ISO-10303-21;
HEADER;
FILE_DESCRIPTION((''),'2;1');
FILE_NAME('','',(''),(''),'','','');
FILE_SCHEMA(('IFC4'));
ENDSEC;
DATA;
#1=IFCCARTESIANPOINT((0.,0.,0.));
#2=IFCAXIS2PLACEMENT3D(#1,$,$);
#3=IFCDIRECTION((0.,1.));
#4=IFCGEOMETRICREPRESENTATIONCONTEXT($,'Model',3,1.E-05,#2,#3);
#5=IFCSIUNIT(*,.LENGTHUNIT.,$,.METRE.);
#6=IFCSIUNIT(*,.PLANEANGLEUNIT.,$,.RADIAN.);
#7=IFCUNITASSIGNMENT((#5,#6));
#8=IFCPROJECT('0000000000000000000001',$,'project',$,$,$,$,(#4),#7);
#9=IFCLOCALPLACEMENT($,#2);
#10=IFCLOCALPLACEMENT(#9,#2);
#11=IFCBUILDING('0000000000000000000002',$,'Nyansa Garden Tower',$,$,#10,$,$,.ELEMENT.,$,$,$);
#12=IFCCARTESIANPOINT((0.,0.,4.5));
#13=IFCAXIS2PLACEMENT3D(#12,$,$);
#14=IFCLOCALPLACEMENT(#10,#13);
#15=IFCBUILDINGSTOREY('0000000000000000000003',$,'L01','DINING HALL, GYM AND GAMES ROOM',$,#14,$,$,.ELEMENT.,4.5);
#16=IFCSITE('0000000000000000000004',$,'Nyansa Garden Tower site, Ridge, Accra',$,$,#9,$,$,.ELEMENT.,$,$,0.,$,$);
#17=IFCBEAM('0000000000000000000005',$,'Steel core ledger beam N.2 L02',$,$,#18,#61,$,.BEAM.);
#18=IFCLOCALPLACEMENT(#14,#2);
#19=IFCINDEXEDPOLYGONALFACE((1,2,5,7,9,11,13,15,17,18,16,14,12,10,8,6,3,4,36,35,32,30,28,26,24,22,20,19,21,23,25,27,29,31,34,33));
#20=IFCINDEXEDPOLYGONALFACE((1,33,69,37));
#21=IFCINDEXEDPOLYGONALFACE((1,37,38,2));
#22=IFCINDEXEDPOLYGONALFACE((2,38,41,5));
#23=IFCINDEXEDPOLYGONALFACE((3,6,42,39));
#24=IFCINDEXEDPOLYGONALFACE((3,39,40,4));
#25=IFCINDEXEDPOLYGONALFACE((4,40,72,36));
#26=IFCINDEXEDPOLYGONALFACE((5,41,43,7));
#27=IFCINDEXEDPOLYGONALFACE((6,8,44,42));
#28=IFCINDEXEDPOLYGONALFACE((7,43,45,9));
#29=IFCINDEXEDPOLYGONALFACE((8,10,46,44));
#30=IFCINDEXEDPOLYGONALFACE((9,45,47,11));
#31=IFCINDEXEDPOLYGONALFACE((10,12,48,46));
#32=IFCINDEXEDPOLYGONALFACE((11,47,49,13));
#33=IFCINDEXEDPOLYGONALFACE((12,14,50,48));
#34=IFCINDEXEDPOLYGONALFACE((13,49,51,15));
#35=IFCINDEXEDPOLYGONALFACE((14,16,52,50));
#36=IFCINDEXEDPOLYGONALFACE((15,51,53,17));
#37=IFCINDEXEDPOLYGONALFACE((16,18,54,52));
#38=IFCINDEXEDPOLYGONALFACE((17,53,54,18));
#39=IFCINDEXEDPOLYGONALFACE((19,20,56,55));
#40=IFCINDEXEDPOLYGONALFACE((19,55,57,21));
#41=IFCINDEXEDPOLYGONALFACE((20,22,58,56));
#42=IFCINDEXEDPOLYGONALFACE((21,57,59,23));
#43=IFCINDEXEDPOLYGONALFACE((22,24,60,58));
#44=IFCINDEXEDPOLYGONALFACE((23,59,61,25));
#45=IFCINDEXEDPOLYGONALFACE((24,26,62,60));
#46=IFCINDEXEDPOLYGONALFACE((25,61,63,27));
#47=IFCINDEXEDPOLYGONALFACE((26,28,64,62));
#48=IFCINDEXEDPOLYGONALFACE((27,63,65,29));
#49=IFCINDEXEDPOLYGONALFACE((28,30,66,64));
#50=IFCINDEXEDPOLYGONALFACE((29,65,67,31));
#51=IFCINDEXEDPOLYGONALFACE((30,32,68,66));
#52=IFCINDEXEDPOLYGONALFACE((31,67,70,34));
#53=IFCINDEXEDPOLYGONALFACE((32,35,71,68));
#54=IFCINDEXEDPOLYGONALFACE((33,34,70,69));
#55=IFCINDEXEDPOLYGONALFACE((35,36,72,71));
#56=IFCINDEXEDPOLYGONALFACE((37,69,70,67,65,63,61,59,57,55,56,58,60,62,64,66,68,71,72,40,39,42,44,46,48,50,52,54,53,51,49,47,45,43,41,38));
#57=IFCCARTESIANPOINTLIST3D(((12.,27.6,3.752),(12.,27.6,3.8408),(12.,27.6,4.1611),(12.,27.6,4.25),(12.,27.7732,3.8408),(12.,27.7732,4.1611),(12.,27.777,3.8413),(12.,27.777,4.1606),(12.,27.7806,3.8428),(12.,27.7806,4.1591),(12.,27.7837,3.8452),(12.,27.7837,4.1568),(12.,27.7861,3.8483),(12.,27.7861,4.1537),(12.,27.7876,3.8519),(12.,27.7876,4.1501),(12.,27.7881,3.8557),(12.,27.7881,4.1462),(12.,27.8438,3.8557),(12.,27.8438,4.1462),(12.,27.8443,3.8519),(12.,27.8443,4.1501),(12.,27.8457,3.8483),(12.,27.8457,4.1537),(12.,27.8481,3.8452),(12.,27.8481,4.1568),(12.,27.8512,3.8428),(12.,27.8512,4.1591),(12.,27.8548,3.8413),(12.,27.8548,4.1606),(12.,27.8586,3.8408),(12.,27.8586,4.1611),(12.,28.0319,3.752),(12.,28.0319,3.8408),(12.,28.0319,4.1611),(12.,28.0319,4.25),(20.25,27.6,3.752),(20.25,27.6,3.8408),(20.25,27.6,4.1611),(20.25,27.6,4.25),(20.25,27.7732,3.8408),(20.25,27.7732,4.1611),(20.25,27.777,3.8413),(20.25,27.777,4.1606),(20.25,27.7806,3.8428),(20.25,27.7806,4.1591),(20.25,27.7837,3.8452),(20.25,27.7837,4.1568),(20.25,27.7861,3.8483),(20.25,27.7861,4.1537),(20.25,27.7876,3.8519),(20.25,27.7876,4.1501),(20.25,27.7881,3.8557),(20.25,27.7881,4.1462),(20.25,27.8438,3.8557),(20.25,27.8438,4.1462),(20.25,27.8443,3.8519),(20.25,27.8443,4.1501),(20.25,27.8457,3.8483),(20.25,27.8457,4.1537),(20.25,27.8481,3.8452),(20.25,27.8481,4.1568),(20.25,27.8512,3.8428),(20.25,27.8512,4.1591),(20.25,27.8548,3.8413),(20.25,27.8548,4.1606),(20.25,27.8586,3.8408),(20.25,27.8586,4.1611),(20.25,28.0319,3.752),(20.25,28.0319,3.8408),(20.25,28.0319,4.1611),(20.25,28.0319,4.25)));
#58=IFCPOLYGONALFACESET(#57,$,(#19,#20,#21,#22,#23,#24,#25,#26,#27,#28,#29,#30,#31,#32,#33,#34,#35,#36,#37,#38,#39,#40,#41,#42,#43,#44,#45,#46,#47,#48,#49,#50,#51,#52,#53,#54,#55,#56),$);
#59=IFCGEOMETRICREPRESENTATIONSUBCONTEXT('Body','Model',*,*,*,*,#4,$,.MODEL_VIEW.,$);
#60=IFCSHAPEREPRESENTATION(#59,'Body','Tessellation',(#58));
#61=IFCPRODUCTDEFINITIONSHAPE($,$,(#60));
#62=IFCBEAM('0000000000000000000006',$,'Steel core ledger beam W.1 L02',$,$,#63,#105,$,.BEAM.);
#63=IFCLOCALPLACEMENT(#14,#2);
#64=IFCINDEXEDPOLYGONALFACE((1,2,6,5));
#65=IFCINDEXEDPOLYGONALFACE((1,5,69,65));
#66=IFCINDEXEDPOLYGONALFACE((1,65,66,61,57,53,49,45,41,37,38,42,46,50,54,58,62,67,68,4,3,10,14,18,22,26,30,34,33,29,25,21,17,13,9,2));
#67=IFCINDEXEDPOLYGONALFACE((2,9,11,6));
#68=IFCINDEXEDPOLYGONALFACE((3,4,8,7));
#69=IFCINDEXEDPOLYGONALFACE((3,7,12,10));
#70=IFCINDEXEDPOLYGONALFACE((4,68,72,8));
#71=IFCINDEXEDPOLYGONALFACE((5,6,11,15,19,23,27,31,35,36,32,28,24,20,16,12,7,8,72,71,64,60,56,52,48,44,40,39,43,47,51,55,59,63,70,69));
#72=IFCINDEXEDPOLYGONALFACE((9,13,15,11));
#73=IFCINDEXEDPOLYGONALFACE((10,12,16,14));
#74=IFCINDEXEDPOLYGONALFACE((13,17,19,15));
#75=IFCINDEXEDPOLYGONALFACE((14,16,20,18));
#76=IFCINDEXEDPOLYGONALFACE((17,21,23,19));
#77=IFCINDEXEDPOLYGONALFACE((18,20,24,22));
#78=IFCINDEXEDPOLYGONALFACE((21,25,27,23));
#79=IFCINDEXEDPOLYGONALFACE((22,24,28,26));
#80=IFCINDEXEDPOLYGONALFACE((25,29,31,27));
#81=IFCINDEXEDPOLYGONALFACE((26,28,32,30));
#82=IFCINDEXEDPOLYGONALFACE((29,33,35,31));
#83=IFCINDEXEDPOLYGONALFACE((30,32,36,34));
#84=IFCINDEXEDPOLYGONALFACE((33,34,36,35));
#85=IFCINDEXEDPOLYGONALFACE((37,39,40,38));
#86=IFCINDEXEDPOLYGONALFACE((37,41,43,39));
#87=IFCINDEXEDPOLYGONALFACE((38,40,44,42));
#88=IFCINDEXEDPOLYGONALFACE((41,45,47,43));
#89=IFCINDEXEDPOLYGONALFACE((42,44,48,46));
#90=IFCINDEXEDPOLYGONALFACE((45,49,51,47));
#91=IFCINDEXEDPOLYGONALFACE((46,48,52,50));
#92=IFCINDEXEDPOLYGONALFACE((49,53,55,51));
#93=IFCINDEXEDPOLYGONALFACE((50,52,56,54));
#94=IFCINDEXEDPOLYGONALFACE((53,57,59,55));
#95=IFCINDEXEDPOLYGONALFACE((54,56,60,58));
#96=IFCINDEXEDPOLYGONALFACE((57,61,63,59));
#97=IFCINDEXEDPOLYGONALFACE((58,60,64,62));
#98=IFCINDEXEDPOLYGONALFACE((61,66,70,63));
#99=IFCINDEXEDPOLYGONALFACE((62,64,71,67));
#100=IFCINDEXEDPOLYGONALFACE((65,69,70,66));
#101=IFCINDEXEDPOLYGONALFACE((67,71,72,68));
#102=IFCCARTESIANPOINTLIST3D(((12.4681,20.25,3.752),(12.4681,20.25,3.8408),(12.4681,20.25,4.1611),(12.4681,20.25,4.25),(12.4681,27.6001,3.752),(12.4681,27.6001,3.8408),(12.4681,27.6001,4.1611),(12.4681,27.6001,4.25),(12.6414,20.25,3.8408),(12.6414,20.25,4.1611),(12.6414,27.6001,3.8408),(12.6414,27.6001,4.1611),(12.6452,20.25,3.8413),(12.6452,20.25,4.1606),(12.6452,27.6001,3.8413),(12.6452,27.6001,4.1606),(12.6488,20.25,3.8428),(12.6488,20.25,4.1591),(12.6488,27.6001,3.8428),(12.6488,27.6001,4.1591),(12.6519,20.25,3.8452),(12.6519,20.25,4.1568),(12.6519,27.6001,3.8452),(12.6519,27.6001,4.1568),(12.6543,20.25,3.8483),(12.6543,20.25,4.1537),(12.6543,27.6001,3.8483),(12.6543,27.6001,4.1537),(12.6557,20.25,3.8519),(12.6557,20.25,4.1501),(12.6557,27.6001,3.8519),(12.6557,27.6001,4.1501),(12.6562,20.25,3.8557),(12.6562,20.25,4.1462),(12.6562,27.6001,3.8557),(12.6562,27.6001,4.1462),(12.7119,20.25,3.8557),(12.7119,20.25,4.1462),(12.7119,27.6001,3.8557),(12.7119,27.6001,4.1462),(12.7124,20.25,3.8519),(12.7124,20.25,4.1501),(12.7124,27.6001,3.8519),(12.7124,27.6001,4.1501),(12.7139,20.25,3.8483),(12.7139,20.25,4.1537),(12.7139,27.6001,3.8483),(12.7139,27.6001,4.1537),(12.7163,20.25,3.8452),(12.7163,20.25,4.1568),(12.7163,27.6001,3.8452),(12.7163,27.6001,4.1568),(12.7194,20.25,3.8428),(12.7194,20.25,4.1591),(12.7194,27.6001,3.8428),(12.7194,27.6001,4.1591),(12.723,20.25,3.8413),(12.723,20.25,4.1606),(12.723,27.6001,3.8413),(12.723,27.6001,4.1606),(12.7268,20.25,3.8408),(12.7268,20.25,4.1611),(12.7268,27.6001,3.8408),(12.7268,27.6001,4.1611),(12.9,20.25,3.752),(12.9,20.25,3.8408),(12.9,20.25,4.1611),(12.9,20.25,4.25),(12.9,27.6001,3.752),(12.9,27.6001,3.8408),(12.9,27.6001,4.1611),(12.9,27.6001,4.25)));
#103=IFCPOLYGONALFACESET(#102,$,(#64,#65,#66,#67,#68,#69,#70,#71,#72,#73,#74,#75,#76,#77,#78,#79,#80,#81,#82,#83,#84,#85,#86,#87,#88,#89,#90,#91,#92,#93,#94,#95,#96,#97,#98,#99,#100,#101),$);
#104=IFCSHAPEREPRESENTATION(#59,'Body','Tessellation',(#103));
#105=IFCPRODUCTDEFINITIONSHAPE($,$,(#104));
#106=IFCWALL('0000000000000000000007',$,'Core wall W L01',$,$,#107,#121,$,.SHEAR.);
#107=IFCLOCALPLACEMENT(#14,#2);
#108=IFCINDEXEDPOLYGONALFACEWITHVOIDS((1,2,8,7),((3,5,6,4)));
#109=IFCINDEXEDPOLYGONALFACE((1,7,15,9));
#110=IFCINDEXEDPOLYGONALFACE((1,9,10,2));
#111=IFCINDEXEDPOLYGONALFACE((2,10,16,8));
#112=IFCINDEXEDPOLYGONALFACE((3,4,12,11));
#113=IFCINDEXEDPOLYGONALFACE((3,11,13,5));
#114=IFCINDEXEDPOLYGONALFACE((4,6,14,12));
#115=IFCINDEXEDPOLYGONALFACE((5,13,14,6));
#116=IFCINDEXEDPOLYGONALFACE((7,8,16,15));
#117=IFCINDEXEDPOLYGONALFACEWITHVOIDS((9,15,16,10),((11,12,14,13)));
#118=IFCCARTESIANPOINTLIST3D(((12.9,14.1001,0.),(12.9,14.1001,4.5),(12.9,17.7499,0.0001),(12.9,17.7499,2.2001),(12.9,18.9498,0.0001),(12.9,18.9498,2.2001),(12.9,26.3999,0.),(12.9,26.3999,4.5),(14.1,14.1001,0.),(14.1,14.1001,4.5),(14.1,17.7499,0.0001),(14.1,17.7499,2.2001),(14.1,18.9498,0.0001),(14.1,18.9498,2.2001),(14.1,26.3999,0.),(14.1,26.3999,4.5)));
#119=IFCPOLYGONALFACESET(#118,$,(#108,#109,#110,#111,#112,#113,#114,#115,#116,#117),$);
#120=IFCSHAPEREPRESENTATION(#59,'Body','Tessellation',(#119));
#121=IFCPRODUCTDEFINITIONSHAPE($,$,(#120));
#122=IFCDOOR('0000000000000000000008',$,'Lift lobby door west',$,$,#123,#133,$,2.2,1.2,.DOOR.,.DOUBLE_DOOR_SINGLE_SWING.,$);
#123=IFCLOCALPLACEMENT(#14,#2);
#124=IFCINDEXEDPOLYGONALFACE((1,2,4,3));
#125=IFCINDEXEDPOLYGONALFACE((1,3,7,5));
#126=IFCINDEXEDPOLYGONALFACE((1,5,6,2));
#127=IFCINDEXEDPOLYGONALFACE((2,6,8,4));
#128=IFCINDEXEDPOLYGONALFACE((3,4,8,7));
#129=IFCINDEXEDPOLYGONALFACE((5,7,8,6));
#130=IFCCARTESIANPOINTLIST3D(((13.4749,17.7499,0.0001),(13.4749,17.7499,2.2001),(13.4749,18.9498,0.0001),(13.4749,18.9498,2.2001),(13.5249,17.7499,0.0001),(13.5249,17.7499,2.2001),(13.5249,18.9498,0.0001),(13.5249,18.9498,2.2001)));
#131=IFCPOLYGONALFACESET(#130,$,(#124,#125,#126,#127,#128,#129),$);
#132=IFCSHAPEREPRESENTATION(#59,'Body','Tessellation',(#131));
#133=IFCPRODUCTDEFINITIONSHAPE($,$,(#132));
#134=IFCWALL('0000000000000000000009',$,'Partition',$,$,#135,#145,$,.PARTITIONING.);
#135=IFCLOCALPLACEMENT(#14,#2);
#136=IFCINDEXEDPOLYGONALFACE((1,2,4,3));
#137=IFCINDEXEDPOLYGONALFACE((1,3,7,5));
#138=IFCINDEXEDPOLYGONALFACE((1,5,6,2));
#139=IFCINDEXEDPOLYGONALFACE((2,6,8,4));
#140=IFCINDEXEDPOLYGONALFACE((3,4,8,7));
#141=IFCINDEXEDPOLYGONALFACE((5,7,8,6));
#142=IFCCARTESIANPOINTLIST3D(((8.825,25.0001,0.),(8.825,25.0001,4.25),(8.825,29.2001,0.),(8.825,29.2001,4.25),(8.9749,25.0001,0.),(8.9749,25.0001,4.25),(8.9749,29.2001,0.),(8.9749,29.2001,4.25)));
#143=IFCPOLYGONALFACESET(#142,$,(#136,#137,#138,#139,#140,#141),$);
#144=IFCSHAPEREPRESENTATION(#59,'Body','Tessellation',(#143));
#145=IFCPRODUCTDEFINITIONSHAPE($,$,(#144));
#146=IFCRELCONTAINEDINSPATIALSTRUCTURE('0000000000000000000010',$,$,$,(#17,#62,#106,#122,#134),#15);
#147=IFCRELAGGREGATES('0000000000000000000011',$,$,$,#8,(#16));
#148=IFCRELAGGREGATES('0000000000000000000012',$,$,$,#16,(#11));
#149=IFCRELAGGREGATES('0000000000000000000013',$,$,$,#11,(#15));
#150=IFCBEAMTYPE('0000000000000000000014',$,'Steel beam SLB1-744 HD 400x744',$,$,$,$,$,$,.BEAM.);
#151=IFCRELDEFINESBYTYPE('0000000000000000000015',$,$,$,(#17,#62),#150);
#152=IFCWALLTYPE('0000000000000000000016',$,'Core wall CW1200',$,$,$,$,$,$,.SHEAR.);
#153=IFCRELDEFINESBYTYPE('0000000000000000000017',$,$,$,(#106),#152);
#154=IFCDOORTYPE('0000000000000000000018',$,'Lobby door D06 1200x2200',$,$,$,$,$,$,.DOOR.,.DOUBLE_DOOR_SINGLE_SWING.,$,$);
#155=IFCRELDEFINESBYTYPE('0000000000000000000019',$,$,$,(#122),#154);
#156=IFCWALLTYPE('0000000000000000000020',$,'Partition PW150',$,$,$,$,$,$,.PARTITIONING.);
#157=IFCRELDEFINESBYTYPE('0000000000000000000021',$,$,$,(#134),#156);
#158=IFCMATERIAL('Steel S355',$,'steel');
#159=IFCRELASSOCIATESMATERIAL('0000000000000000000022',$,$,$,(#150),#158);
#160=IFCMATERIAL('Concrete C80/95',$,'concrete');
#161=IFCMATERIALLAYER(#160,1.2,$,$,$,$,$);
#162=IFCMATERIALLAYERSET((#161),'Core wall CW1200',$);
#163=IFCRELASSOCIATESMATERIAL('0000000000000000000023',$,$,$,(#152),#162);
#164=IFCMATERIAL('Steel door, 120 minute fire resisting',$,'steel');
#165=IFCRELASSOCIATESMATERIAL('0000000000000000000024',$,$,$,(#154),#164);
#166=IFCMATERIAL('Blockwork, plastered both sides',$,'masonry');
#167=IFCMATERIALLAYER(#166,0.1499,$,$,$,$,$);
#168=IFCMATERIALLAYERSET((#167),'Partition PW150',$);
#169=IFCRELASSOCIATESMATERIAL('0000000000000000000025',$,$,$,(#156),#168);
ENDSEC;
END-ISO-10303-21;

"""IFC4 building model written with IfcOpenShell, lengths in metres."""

from ifc_helpers import new_model, si_unit, direction, frame, frame_2d, origin, origin_2d, place, context, subcontext, project, spatial, rectangle, i_section, extrude, material, layer, layer_set, material_profile, profile_set, type_object, element, fill, save


model = new_model("IFC4")

# Units and contexts
model_context = context("Model", 3, precision=1e-05, world=origin(), true_north=direction((0.0, 1.0)))
body_context = subcontext(model_context, "Body", "Model", "MODEL_VIEW")
ifc_project = project(units=[si_unit("LENGTHUNIT", "METRE"), si_unit("PLANEANGLEUNIT", "RADIAN")], contexts=[model_context])

# Site, building, storey
site_placement = place(None, origin())
site = spatial("IfcSite", under=ifc_project, at=site_placement, Name="Nyansa Garden Tower site, Ridge, Accra", CompositionType="ELEMENT", RefElevation=0.0)
building_placement = place(site_placement, origin())
building = spatial("IfcBuilding", under=site, at=building_placement, Name="Nyansa Garden Tower", CompositionType="ELEMENT")
storey_placement = place(building_placement, frame((0.0, 0.0, 4.5)))
storey = spatial("IfcBuildingStorey", under=building, at=storey_placement, Name="L01", Description="DINING HALL, GYM AND GAMES ROOM", CompositionType="ELEMENT", Elevation=4.5)

# Beams
ifc_material_1 = material(Name="Steel S355", Category="steel")
ifc_material_profile_1 = material_profile(ifc_material_1, i_section(OverallWidth=0.4319, OverallDepth=0.498, WebThickness=0.0557, FlangeThickness=0.0889, FilletRadius=0.0149, at=origin_2d()), Name="HD 400x744")
ifc_profile_set_1 = profile_set([ifc_material_profile_1], Name="Steel S355")
beam_type_1 = type_object("IfcBeamType", Name="Steel beam SLB1-744 HD 400x744", PredefinedType="BEAM", material=ifc_profile_set_1)
beam_1_placement = place(storey_placement, frame((20.25, 27.8159, 4.001), z_axis=(-1.0, 0.0, 0.0), x_axis=(0.0, -1.0, 0.0)))
element("IfcBeam", 1, at=beam_1_placement, inside=storey, type_object=beam_type_1, Name="Steel core ledger beam N.2 L02", PredefinedType="BEAM", context=body_context, shape_type="SweptSolid", body=[
    extrude(i_section(OverallWidth=0.4319, OverallDepth=0.498, WebThickness=0.0557, FlangeThickness=0.0889, FilletRadius=0.0149, at=origin_2d()), origin(), (0.0, 0.0, 1.0), 8.25),
])
beam_2_placement = place(storey_placement, frame((12.6841, 27.6001, 4.001), z_axis=(0.0, -1.0, 0.0), x_axis=(1.0, 0.0, 0.0)))
element("IfcBeam", 2, at=beam_2_placement, inside=storey, type_object=beam_type_1, Name="Steel core ledger beam W.1 L02", PredefinedType="BEAM", context=body_context, shape_type="SweptSolid", body=[
    extrude(i_section(OverallWidth=0.4319, OverallDepth=0.498, WebThickness=0.0557, FlangeThickness=0.0889, FilletRadius=0.0149, at=origin_2d()), origin(), (0.0, 0.0, 1.0), 7.3501),
])

# Wall, opening, door
ifc_material_2 = material(Name="Concrete C80/95", Category="concrete")
ifc_layer_1 = layer(ifc_material_2, 1.2)
ifc_layer_set_1 = layer_set([ifc_layer_1], Name="Core wall CW1200")
wall_type_1 = type_object("IfcWallType", Name="Core wall CW1200", PredefinedType="SHEAR", material=ifc_layer_set_1)
wall_1_placement = place(storey_placement, frame((13.5, 26.3999, 0.0), z_axis=(0.0, 0.0, 1.0), x_axis=(0.0, -1.0, 0.0)))
wall_1 = element("IfcWall", 3, at=wall_1_placement, inside=storey, type_object=wall_type_1, Name="Core wall W L01", PredefinedType="SHEAR", context=body_context, shape_type="SweptSolid", body=[
    extrude(rectangle(XDim=12.2998, YDim=1.2, at=frame_2d((6.1499, 0.0))), origin(), (0.0, 0.0, 1.0), 4.5),
])
opening_1_placement = place(wall_1_placement, frame((7.45, 0.0, 0.0)))
opening_1 = element("IfcOpeningElement", 4, at=opening_1_placement, cuts=wall_1, PredefinedType="OPENING", context=body_context, shape_type="SweptSolid", body=[
    extrude(rectangle(XDim=1.2, YDim=2.2, at=frame_2d((0.6001, 1.1001))), frame((0.0, 0.6099, 0.0), z_axis=(0.0, -1.0, 0.0), x_axis=(1.0, 0.0, 0.0)), (0.0, 0.0, 1.0), 1.22),
])
ifc_material_3 = material(Name="Steel door, 120 minute fire resisting", Category="steel")
door_type_1 = type_object("IfcDoorType", Name="Lobby door D06 1200x2200", OperationType="DOUBLE_DOOR_SINGLE_SWING", PredefinedType="DOOR", material=ifc_material_3)
door_1_placement = place(opening_1_placement, origin())
door_1 = element("IfcDoor", 5, at=door_1_placement, inside=storey, type_object=door_type_1, Name="Lift lobby door west", OperationType="DOUBLE_DOOR_SINGLE_SWING", OverallHeight=2.2, OverallWidth=1.2, PredefinedType="DOOR", context=body_context, shape_type="SweptSolid", body=[
    extrude(rectangle(XDim=1.2, YDim=2.2, at=frame_2d((0.6001, 1.1001))), frame((0.0, 0.0249, 0.0), z_axis=(0.0, -1.0, 0.0), x_axis=(1.0, 0.0, 0.0)), (0.0, 0.0, 1.0), 0.05),
])
fill(opening_1, door_1)

# Wall
ifc_material_4 = material(Name="Blockwork, plastered both sides", Category="masonry")
ifc_layer_2 = layer(ifc_material_4, 0.1499)
ifc_layer_set_2 = layer_set([ifc_layer_2], Name="Partition PW150")
wall_type_2 = type_object("IfcWallType", Name="Partition PW150", PredefinedType="PARTITIONING", material=ifc_layer_set_2)
wall_2_placement = place(storey_placement, frame((8.8999, 25.0, 0.0), z_axis=(0.0, 0.0, 1.0), x_axis=(0.0, 1.0, 0.0)))
element("IfcWall", 6, at=wall_2_placement, inside=storey, type_object=wall_type_2, Name="Partition", PredefinedType="PARTITIONING", context=body_context, shape_type="SweptSolid", body=[
    extrude(rectangle(XDim=4.2, YDim=0.1499, at=frame_2d((2.1001, 0.0))), origin(), (0.0, 0.0, 1.0), 4.25),
])

save(model, "model.ifc")
